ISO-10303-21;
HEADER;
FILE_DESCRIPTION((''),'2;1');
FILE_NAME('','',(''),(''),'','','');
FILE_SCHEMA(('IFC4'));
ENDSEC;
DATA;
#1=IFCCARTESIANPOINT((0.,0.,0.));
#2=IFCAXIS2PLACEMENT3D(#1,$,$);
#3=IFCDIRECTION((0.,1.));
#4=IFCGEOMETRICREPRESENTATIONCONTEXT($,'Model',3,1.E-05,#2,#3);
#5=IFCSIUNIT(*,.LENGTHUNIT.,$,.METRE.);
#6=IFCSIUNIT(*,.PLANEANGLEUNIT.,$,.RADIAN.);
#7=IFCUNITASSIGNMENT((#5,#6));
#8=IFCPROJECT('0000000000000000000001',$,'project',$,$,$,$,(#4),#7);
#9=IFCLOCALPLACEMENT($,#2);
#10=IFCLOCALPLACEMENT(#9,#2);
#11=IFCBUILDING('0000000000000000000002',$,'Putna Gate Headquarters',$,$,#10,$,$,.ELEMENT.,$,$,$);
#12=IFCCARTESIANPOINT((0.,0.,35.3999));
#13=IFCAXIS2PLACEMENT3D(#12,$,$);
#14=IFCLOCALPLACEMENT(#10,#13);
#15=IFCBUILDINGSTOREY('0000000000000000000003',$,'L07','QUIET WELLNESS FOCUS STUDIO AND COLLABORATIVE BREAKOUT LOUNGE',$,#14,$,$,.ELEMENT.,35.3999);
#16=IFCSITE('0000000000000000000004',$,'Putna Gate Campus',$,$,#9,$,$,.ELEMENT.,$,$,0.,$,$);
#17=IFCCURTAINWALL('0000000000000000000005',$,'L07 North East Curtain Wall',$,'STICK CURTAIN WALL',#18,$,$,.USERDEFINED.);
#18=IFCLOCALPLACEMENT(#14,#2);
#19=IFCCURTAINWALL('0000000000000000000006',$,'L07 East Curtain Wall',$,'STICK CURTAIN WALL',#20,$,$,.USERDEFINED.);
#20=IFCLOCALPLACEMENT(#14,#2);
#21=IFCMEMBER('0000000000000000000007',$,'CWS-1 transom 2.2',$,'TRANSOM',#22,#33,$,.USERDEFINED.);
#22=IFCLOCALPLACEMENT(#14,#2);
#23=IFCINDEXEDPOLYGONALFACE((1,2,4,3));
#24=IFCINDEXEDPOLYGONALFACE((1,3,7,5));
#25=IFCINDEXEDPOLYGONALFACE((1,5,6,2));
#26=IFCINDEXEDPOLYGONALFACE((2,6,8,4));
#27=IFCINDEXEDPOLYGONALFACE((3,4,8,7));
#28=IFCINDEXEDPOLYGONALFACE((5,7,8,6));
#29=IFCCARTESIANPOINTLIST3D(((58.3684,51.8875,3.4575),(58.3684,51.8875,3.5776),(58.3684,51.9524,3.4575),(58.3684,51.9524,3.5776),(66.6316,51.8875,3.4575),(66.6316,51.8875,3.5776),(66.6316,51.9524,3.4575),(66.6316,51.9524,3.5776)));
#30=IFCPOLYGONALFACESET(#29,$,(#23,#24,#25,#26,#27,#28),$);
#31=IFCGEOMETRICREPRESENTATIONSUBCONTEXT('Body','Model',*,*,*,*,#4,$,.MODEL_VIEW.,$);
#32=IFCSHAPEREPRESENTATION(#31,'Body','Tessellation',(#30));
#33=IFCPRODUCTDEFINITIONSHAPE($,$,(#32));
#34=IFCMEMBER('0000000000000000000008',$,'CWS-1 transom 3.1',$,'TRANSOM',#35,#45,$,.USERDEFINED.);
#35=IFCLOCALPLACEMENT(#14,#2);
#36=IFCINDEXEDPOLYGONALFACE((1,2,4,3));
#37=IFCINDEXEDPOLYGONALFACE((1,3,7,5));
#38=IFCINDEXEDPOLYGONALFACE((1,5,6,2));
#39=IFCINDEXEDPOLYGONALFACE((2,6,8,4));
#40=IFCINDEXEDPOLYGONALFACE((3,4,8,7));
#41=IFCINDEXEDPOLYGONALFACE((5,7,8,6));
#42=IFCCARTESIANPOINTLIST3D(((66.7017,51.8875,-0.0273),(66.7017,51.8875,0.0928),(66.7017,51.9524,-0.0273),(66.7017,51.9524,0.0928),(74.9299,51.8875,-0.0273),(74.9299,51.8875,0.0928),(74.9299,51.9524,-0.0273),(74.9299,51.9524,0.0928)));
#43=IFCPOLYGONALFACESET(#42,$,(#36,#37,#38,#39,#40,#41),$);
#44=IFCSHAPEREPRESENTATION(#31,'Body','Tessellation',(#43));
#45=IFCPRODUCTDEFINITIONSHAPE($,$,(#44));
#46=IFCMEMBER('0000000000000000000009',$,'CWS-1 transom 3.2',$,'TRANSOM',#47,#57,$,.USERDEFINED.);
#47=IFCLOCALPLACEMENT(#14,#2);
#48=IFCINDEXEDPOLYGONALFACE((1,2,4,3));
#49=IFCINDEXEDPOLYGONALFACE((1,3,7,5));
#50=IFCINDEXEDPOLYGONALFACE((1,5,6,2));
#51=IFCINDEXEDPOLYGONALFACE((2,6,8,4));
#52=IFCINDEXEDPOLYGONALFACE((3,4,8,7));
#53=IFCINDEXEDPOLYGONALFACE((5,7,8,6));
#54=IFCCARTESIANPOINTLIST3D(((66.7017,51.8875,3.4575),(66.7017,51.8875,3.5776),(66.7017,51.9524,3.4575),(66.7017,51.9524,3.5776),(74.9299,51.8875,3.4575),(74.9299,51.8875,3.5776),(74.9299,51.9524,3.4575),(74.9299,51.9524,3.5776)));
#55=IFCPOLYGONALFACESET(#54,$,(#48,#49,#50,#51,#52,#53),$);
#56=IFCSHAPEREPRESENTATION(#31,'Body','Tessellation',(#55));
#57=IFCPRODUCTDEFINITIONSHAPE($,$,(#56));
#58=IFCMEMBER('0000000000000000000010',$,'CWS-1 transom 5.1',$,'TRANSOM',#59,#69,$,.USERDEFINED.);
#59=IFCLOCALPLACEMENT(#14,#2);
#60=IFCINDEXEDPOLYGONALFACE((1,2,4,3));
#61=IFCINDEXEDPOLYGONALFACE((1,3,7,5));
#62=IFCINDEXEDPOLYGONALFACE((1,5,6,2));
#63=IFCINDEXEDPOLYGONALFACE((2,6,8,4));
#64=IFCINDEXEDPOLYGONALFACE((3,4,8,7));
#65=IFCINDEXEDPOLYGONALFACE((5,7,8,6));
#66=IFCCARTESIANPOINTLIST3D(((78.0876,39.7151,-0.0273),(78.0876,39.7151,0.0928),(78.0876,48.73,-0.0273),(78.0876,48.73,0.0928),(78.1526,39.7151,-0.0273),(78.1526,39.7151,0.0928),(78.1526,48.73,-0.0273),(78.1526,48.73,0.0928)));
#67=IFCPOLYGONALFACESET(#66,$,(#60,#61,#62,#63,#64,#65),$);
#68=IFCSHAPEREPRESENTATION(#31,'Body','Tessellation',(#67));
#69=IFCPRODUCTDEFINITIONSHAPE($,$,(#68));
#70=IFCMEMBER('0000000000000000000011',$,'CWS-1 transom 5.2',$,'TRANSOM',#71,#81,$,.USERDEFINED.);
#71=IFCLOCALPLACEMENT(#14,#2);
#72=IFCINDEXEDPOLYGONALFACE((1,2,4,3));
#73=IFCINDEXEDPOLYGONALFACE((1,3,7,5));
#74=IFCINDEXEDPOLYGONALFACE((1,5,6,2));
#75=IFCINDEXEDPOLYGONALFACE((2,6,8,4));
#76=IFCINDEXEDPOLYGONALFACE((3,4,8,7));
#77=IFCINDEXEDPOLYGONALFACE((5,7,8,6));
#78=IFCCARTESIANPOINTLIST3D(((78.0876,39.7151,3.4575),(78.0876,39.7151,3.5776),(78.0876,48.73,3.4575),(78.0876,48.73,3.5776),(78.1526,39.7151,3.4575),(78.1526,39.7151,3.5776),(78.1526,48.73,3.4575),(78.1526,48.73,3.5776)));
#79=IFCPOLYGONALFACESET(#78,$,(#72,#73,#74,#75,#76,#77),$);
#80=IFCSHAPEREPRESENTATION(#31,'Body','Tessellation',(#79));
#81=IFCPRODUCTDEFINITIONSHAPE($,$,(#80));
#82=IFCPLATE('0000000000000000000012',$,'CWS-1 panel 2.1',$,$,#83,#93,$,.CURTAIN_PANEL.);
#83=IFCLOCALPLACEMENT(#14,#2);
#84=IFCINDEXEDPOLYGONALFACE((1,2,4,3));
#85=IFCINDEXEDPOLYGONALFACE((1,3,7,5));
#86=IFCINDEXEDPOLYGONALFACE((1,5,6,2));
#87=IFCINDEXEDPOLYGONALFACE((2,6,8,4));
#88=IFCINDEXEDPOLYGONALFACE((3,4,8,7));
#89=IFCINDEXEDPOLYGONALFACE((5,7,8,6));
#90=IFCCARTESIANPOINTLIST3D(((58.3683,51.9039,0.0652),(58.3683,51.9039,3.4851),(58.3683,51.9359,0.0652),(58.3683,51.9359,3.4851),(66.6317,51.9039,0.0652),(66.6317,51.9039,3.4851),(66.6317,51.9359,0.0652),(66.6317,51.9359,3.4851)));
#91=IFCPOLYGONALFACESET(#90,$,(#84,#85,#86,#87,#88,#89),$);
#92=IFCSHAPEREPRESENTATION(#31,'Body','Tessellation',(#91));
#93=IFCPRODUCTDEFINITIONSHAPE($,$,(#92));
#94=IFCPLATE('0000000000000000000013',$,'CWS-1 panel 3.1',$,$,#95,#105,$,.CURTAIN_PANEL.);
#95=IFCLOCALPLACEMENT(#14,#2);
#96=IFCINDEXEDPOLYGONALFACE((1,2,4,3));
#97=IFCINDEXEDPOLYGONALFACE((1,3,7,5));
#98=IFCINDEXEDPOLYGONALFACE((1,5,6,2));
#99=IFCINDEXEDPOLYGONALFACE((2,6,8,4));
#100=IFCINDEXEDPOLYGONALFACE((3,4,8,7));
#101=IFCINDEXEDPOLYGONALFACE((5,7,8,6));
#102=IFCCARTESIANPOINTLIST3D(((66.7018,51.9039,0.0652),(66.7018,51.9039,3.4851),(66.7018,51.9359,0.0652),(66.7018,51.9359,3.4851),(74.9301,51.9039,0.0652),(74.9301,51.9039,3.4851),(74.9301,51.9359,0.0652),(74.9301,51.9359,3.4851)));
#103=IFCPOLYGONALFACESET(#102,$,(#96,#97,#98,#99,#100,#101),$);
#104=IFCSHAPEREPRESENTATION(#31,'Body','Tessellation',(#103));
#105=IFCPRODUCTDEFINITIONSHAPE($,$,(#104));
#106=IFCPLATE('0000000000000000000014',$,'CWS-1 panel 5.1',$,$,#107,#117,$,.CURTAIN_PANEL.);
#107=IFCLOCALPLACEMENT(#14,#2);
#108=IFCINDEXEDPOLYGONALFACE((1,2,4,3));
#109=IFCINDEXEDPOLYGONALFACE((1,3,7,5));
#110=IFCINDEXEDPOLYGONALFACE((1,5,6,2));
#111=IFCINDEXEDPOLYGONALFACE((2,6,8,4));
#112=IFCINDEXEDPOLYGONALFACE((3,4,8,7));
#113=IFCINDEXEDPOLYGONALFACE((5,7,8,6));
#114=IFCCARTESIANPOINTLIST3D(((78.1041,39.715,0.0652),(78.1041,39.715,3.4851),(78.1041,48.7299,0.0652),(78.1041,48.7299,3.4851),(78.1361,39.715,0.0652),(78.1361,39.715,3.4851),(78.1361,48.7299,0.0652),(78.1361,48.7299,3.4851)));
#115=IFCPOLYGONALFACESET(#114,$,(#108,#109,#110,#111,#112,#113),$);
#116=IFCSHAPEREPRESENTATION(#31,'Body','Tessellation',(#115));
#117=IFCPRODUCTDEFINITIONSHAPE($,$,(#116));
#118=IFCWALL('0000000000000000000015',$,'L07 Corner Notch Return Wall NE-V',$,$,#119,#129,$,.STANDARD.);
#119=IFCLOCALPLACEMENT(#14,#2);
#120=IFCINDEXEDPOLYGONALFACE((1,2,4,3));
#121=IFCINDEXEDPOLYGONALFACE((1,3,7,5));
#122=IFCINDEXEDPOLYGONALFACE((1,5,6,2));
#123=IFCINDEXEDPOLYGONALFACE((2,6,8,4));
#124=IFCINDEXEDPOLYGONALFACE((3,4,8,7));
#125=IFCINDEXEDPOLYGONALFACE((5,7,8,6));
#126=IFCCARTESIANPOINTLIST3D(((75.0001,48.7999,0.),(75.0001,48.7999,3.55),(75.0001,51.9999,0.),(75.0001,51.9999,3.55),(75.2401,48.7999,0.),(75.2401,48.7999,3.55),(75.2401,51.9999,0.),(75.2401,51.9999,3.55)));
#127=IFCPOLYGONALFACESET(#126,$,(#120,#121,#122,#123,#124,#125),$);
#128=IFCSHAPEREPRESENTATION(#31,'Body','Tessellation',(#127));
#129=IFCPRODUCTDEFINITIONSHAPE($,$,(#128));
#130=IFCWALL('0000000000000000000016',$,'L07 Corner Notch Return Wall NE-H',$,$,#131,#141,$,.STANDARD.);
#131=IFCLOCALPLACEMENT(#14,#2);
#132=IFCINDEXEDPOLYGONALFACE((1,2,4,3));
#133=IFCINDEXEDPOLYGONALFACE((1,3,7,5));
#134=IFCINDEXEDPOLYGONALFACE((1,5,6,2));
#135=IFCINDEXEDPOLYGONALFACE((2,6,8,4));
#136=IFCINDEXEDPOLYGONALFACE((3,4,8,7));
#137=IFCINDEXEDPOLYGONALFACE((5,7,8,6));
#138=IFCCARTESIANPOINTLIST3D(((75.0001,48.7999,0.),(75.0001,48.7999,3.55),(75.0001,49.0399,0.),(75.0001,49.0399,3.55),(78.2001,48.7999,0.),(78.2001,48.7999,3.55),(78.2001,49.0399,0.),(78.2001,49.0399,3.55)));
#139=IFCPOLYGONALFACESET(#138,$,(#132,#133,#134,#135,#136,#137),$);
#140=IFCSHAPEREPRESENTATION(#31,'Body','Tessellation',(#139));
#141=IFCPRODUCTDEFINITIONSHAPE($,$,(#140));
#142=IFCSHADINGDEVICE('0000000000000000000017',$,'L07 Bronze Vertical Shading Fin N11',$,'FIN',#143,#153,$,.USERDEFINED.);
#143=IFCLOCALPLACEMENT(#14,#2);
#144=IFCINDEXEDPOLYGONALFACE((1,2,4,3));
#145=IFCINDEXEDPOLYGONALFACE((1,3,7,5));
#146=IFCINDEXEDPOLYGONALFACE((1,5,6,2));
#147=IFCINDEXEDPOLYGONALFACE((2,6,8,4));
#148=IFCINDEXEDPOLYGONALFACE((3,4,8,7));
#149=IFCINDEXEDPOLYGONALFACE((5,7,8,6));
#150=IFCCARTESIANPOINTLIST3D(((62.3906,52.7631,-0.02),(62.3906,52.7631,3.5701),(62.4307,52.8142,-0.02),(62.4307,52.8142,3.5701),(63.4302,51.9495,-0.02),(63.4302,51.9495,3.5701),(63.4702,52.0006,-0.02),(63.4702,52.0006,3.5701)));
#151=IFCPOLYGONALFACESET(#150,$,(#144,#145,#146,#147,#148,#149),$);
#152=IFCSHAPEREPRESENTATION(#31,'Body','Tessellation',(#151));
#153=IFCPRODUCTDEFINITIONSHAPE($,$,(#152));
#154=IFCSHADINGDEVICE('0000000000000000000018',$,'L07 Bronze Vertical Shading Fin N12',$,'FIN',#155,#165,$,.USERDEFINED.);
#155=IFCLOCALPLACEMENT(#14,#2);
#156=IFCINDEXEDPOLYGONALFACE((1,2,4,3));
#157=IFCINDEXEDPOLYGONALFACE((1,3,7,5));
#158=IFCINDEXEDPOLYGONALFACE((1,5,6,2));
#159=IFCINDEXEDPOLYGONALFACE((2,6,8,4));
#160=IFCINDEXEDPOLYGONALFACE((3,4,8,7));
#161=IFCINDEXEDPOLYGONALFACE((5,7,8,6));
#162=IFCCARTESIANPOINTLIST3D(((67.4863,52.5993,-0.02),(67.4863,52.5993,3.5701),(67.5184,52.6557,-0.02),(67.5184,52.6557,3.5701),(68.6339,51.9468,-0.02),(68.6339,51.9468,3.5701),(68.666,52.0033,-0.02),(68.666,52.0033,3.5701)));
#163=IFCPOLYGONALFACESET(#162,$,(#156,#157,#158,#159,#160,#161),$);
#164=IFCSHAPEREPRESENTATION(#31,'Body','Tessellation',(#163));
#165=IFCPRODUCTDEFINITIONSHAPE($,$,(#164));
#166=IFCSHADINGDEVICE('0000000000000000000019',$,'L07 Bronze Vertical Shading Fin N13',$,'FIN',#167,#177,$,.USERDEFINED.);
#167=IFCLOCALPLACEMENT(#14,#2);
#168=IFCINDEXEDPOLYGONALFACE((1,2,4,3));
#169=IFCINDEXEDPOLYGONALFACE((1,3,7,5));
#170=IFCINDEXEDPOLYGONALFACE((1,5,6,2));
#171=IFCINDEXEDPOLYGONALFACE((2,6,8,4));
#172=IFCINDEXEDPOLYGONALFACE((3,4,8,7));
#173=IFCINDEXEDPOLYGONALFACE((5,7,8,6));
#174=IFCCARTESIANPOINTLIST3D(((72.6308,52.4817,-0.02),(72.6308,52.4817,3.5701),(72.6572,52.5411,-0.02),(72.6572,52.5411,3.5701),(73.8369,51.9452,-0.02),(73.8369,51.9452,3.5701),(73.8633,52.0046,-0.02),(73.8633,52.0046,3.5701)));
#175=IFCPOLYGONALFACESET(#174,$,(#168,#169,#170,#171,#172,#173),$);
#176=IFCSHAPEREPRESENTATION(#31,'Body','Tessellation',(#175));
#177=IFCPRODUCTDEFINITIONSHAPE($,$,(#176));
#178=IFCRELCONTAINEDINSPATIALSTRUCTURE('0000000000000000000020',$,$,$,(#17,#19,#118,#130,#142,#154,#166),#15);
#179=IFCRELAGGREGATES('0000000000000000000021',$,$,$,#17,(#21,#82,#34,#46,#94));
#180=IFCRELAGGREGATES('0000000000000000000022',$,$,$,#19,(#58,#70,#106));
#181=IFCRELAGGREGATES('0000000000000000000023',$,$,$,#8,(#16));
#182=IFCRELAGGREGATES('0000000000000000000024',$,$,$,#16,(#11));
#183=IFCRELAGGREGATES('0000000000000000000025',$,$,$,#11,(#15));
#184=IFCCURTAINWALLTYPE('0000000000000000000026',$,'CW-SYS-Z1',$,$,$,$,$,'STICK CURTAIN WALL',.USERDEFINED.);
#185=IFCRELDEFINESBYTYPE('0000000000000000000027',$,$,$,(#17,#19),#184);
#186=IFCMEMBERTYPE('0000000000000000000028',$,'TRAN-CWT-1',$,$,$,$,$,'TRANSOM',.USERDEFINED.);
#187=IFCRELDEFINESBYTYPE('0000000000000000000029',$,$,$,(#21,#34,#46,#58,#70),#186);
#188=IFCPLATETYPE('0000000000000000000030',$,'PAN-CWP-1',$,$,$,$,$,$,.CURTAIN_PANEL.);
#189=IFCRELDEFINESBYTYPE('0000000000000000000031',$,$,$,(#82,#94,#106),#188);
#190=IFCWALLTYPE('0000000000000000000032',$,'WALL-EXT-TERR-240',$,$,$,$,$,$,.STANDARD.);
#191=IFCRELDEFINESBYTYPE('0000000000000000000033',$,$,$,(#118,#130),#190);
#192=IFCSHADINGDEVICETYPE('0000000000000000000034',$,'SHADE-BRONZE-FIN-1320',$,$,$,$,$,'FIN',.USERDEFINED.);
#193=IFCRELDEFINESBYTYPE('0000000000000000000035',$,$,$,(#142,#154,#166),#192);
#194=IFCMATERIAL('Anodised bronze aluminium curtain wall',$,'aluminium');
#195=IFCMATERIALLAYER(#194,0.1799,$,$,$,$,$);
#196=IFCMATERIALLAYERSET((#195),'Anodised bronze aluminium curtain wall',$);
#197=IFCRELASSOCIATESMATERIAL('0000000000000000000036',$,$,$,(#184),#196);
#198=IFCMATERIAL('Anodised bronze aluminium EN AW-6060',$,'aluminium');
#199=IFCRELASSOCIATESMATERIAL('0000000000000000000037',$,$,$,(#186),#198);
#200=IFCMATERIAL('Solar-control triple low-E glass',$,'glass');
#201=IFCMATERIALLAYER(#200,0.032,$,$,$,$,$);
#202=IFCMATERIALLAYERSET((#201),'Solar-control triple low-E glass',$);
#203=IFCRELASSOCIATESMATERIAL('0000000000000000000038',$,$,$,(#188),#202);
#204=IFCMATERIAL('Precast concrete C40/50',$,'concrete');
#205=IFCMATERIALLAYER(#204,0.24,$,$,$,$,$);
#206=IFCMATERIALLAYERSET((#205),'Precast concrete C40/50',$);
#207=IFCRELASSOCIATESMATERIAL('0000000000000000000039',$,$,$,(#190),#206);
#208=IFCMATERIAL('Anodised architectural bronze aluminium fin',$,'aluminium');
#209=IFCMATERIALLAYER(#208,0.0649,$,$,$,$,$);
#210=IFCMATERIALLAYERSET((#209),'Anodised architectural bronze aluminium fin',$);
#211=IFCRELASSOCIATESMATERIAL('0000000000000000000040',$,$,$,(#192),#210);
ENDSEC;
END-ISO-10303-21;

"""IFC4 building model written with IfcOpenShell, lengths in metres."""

from ifc_helpers import new_model, si_unit, direction, frame, frame_2d, origin, origin_2d, place, context, subcontext, project, spatial, rectangle, extrude, material, layer, layer_set, material_profile, profile_set, type_object, element, aggregate, save


model = new_model("IFC4")

# Units and contexts
model_context = context("Model", 3, precision=1e-05, world=origin(), true_north=direction((0.0, 1.0)))
body_context = subcontext(model_context, "Body", "Model", "MODEL_VIEW")
ifc_project = project(units=[si_unit("LENGTHUNIT", "METRE"), si_unit("PLANEANGLEUNIT", "RADIAN")], contexts=[model_context])

# Site, building, storey
site_placement = place(None, origin())
site = spatial("IfcSite", under=ifc_project, at=site_placement, Name="Putna Gate Campus", CompositionType="ELEMENT", RefElevation=0.0)
building_placement = place(site_placement, origin())
building = spatial("IfcBuilding", under=site, at=building_placement, Name="Putna Gate Headquarters", CompositionType="ELEMENT")
storey_placement = place(building_placement, frame((0.0, 0.0, 35.3999)))
storey = spatial("IfcBuildingStorey", under=building, at=storey_placement, Name="L07", Description="QUIET WELLNESS FOCUS STUDIO AND COLLABORATIVE BREAKOUT LOUNGE", CompositionType="ELEMENT", Elevation=35.3999)

# Curtain wall
ifc_material_1 = material(Name="Anodised bronze aluminium curtain wall", Category="aluminium")
ifc_layer_1 = layer(ifc_material_1, 0.1799)
ifc_layer_set_1 = layer_set([ifc_layer_1], Name="Anodised bronze aluminium curtain wall")
curtain_wall_type = type_object("IfcCurtainWallType", Name="CW-SYS-Z1", ElementType="STICK CURTAIN WALL", PredefinedType="USERDEFINED", material=ifc_layer_set_1)
curtain_wall_1_placement = place(storey_placement, origin())
curtain_wall_1 = element("IfcCurtainWall", 1, at=curtain_wall_1_placement, inside=storey, type_object=curtain_wall_type, Name="L07 North East Curtain Wall", ObjectType="STICK CURTAIN WALL", PredefinedType="USERDEFINED")
ifc_material_2 = material(Name="Anodised bronze aluminium EN AW-6060", Category="aluminium")

# Curtain wall
curtain_wall_2_placement = place(storey_placement, origin())
curtain_wall_2 = element("IfcCurtainWall", 2, at=curtain_wall_2_placement, inside=storey, type_object=curtain_wall_type, Name="L07 East Curtain Wall", ObjectType="STICK CURTAIN WALL", PredefinedType="USERDEFINED")

# Members
ifc_material_profile_1 = material_profile(ifc_material_2, rectangle(XDim=0.0649, YDim=0.1201, at=origin_2d()), Name="Anodised bronze aluminium EN AW-6060")
ifc_profile_set_1 = profile_set([ifc_material_profile_1], Name="Anodised bronze aluminium EN AW-6060")
member_type_1 = type_object("IfcMemberType", Name="TRAN-CWT-1", ElementType="TRANSOM", PredefinedType="USERDEFINED", material=ifc_profile_set_1)
member_1_placement = place(storey_placement, frame((58.3684, 51.9199, 3.5176), z_axis=(1.0, 0.0, 0.0), x_axis=(0.0, 1.0, 0.0)))
member_1 = element("IfcMember", 3, at=member_1_placement, type_object=member_type_1, Name="CWS-1 transom 2.2", ObjectType="TRANSOM", PredefinedType="USERDEFINED", context=body_context, shape_type="SweptSolid", body=[
    extrude(rectangle(XDim=0.0649, YDim=0.1201, at=origin_2d()), origin(), (0.0, 0.0, 1.0), 8.2632),
])
member_2_placement = place(storey_placement, frame((66.7017, 51.9199, 0.0327), z_axis=(1.0, 0.0, 0.0), x_axis=(0.0, 1.0, 0.0)))
member_2 = element("IfcMember", 4, at=member_2_placement, type_object=member_type_1, Name="CWS-1 transom 3.1", ObjectType="TRANSOM", PredefinedType="USERDEFINED", context=body_context, shape_type="SweptSolid", body=[
    extrude(rectangle(XDim=0.0649, YDim=0.1201, at=origin_2d()), origin(), (0.0, 0.0, 1.0), 8.2283),
])
member_3_placement = place(storey_placement, frame((66.7017, 51.9199, 3.5176), z_axis=(1.0, 0.0, 0.0), x_axis=(0.0, 1.0, 0.0)))
member_3 = element("IfcMember", 5, at=member_3_placement, type_object=member_type_1, Name="CWS-1 transom 3.2", ObjectType="TRANSOM", PredefinedType="USERDEFINED", context=body_context, shape_type="SweptSolid", body=[
    extrude(rectangle(XDim=0.0649, YDim=0.1201, at=origin_2d()), origin(), (0.0, 0.0, 1.0), 8.2283),
])
member_4_placement = place(storey_placement, frame((78.1201, 39.7151, 0.0327), z_axis=(0.0, 1.0, 0.0), x_axis=(-1.0, 0.0, 0.0)))
member_4 = element("IfcMember", 6, at=member_4_placement, type_object=member_type_1, Name="CWS-1 transom 5.1", ObjectType="TRANSOM", PredefinedType="USERDEFINED", context=body_context, shape_type="SweptSolid", body=[
    extrude(rectangle(XDim=0.0649, YDim=0.1201, at=origin_2d()), origin(), (0.0, 0.0, 1.0), 9.0149),
])
member_5_placement = place(storey_placement, frame((78.1201, 39.7151, 3.5176), z_axis=(0.0, 1.0, 0.0), x_axis=(-1.0, 0.0, 0.0)))
member_5 = element("IfcMember", 7, at=member_5_placement, type_object=member_type_1, Name="CWS-1 transom 5.2", ObjectType="TRANSOM", PredefinedType="USERDEFINED", context=body_context, shape_type="SweptSolid", body=[
    extrude(rectangle(XDim=0.0649, YDim=0.1201, at=origin_2d()), origin(), (0.0, 0.0, 1.0), 9.0149),
])

# Plates
ifc_material_3 = material(Name="Solar-control triple low-E glass", Category="glass")
ifc_layer_2 = layer(ifc_material_3, 0.032)
ifc_layer_set_2 = layer_set([ifc_layer_2], Name="Solar-control triple low-E glass")
plate_type = type_object("IfcPlateType", Name="PAN-CWP-1", PredefinedType="CURTAIN_PANEL", material=ifc_layer_set_2)
plate_1_placement = place(storey_placement, frame((62.5, 51.9199, 0.0652), z_axis=(0.0, 0.0, 1.0), x_axis=(1.0, 0.0, 0.0)))
plate_1 = element("IfcPlate", 8, at=plate_1_placement, type_object=plate_type, Name="CWS-1 panel 2.1", PredefinedType="CURTAIN_PANEL", context=body_context, shape_type="SweptSolid", body=[
    extrude(rectangle(XDim=8.2634, YDim=0.032, at=origin_2d()), origin(), (0.0, 0.0, 1.0), 3.4199),
])
plate_2_placement = place(storey_placement, frame((70.8159, 51.9199, 0.0652), z_axis=(0.0, 0.0, 1.0), x_axis=(1.0, 0.0, 0.0)))
plate_2 = element("IfcPlate", 9, at=plate_2_placement, type_object=plate_type, Name="CWS-1 panel 3.1", PredefinedType="CURTAIN_PANEL", context=body_context, shape_type="SweptSolid", body=[
    extrude(rectangle(XDim=8.2283, YDim=0.032, at=origin_2d()), origin(), (0.0, 0.0, 1.0), 3.4199),
])
aggregate(curtain_wall_1, [member_1, plate_1, member_2, member_3, plate_2])
plate_3_placement = place(storey_placement, frame((78.1201, 44.2224, 0.0652), z_axis=(0.0, 0.0, 1.0), x_axis=(0.0, 1.0, 0.0)))
plate_3 = element("IfcPlate", 10, at=plate_3_placement, type_object=plate_type, Name="CWS-1 panel 5.1", PredefinedType="CURTAIN_PANEL", context=body_context, shape_type="SweptSolid", body=[
    extrude(rectangle(XDim=9.0149, YDim=0.032, at=origin_2d()), origin(), (0.0, 0.0, 1.0), 3.4199),
])
aggregate(curtain_wall_2, [member_4, member_5, plate_3])

# Walls
ifc_material_4 = material(Name="Precast concrete C40/50", Category="concrete")
ifc_layer_3 = layer(ifc_material_4, 0.24)
ifc_layer_set_3 = layer_set([ifc_layer_3], Name="Precast concrete C40/50")
wall_type = type_object("IfcWallType", Name="WALL-EXT-TERR-240", PredefinedType="STANDARD", material=ifc_layer_set_3)
for number, where, z_axis, x_axis, name in (
    (11, (75.1201, 52.0, 0.0), (0.0, 0.0, 1.0), (0.0, -1.0, 0.0), "L07 Corner Notch Return Wall NE-V"),
    (12, (75.0, 48.9199, 0.0), (0.0, 0.0, 1.0), (1.0, 0.0, 0.0), "L07 Corner Notch Return Wall NE-H"),
):
    element("IfcWall", number, at=place(storey_placement, frame(where, z_axis=z_axis, x_axis=x_axis)), inside=storey, type_object=wall_type, Name=name, PredefinedType="STANDARD", context=body_context, shape_type="SweptSolid", body=[
        extrude(rectangle(XDim=3.2, YDim=0.24, at=frame_2d((1.6001, 0.0))), origin(), (0.0, 0.0, 1.0), 3.55),
    ])

# Shading devices
ifc_material_5 = material(Name="Anodised architectural bronze aluminium fin", Category="aluminium")
ifc_layer_4 = layer(ifc_material_5, 0.0649)
ifc_layer_set_4 = layer_set([ifc_layer_4], Name="Anodised architectural bronze aluminium fin")
shading_device_type = type_object("IfcShadingDeviceType", Name="SHADE-BRONZE-FIN-1320", ElementType="FIN", PredefinedType="USERDEFINED", material=ifc_layer_set_4)
for number, where, z_axis, x_axis, name in (
    (13, (62.9304, 52.3818, -0.02), (0.0, 0.0, 1.0), (-0.787473, 0.616349, 0.0), "L07 Bronze Vertical Shading Fin N11"),
    (14, (68.0762, 52.3013, -0.02), (0.0, 0.0, 1.0), (-0.869322, 0.494245, 0.0), "L07 Bronze Vertical Shading Fin N12"),
    (15, (73.2471, 52.2432, -0.02), (0.0, 0.0, 1.0), (-0.913687, 0.406418, 0.0), "L07 Bronze Vertical Shading Fin N13"),
):
    element("IfcShadingDevice", number, at=place(storey_placement, frame(where, z_axis=z_axis, x_axis=x_axis)), inside=storey, type_object=shading_device_type, Name=name, ObjectType="FIN", PredefinedType="USERDEFINED", context=body_context, shape_type="SweptSolid", body=[
        extrude(rectangle(XDim=1.3201, YDim=0.0649, at=origin_2d()), origin(), (0.0, 0.0, 1.0), 3.5901),
    ])

save(model, "model.ifc")
